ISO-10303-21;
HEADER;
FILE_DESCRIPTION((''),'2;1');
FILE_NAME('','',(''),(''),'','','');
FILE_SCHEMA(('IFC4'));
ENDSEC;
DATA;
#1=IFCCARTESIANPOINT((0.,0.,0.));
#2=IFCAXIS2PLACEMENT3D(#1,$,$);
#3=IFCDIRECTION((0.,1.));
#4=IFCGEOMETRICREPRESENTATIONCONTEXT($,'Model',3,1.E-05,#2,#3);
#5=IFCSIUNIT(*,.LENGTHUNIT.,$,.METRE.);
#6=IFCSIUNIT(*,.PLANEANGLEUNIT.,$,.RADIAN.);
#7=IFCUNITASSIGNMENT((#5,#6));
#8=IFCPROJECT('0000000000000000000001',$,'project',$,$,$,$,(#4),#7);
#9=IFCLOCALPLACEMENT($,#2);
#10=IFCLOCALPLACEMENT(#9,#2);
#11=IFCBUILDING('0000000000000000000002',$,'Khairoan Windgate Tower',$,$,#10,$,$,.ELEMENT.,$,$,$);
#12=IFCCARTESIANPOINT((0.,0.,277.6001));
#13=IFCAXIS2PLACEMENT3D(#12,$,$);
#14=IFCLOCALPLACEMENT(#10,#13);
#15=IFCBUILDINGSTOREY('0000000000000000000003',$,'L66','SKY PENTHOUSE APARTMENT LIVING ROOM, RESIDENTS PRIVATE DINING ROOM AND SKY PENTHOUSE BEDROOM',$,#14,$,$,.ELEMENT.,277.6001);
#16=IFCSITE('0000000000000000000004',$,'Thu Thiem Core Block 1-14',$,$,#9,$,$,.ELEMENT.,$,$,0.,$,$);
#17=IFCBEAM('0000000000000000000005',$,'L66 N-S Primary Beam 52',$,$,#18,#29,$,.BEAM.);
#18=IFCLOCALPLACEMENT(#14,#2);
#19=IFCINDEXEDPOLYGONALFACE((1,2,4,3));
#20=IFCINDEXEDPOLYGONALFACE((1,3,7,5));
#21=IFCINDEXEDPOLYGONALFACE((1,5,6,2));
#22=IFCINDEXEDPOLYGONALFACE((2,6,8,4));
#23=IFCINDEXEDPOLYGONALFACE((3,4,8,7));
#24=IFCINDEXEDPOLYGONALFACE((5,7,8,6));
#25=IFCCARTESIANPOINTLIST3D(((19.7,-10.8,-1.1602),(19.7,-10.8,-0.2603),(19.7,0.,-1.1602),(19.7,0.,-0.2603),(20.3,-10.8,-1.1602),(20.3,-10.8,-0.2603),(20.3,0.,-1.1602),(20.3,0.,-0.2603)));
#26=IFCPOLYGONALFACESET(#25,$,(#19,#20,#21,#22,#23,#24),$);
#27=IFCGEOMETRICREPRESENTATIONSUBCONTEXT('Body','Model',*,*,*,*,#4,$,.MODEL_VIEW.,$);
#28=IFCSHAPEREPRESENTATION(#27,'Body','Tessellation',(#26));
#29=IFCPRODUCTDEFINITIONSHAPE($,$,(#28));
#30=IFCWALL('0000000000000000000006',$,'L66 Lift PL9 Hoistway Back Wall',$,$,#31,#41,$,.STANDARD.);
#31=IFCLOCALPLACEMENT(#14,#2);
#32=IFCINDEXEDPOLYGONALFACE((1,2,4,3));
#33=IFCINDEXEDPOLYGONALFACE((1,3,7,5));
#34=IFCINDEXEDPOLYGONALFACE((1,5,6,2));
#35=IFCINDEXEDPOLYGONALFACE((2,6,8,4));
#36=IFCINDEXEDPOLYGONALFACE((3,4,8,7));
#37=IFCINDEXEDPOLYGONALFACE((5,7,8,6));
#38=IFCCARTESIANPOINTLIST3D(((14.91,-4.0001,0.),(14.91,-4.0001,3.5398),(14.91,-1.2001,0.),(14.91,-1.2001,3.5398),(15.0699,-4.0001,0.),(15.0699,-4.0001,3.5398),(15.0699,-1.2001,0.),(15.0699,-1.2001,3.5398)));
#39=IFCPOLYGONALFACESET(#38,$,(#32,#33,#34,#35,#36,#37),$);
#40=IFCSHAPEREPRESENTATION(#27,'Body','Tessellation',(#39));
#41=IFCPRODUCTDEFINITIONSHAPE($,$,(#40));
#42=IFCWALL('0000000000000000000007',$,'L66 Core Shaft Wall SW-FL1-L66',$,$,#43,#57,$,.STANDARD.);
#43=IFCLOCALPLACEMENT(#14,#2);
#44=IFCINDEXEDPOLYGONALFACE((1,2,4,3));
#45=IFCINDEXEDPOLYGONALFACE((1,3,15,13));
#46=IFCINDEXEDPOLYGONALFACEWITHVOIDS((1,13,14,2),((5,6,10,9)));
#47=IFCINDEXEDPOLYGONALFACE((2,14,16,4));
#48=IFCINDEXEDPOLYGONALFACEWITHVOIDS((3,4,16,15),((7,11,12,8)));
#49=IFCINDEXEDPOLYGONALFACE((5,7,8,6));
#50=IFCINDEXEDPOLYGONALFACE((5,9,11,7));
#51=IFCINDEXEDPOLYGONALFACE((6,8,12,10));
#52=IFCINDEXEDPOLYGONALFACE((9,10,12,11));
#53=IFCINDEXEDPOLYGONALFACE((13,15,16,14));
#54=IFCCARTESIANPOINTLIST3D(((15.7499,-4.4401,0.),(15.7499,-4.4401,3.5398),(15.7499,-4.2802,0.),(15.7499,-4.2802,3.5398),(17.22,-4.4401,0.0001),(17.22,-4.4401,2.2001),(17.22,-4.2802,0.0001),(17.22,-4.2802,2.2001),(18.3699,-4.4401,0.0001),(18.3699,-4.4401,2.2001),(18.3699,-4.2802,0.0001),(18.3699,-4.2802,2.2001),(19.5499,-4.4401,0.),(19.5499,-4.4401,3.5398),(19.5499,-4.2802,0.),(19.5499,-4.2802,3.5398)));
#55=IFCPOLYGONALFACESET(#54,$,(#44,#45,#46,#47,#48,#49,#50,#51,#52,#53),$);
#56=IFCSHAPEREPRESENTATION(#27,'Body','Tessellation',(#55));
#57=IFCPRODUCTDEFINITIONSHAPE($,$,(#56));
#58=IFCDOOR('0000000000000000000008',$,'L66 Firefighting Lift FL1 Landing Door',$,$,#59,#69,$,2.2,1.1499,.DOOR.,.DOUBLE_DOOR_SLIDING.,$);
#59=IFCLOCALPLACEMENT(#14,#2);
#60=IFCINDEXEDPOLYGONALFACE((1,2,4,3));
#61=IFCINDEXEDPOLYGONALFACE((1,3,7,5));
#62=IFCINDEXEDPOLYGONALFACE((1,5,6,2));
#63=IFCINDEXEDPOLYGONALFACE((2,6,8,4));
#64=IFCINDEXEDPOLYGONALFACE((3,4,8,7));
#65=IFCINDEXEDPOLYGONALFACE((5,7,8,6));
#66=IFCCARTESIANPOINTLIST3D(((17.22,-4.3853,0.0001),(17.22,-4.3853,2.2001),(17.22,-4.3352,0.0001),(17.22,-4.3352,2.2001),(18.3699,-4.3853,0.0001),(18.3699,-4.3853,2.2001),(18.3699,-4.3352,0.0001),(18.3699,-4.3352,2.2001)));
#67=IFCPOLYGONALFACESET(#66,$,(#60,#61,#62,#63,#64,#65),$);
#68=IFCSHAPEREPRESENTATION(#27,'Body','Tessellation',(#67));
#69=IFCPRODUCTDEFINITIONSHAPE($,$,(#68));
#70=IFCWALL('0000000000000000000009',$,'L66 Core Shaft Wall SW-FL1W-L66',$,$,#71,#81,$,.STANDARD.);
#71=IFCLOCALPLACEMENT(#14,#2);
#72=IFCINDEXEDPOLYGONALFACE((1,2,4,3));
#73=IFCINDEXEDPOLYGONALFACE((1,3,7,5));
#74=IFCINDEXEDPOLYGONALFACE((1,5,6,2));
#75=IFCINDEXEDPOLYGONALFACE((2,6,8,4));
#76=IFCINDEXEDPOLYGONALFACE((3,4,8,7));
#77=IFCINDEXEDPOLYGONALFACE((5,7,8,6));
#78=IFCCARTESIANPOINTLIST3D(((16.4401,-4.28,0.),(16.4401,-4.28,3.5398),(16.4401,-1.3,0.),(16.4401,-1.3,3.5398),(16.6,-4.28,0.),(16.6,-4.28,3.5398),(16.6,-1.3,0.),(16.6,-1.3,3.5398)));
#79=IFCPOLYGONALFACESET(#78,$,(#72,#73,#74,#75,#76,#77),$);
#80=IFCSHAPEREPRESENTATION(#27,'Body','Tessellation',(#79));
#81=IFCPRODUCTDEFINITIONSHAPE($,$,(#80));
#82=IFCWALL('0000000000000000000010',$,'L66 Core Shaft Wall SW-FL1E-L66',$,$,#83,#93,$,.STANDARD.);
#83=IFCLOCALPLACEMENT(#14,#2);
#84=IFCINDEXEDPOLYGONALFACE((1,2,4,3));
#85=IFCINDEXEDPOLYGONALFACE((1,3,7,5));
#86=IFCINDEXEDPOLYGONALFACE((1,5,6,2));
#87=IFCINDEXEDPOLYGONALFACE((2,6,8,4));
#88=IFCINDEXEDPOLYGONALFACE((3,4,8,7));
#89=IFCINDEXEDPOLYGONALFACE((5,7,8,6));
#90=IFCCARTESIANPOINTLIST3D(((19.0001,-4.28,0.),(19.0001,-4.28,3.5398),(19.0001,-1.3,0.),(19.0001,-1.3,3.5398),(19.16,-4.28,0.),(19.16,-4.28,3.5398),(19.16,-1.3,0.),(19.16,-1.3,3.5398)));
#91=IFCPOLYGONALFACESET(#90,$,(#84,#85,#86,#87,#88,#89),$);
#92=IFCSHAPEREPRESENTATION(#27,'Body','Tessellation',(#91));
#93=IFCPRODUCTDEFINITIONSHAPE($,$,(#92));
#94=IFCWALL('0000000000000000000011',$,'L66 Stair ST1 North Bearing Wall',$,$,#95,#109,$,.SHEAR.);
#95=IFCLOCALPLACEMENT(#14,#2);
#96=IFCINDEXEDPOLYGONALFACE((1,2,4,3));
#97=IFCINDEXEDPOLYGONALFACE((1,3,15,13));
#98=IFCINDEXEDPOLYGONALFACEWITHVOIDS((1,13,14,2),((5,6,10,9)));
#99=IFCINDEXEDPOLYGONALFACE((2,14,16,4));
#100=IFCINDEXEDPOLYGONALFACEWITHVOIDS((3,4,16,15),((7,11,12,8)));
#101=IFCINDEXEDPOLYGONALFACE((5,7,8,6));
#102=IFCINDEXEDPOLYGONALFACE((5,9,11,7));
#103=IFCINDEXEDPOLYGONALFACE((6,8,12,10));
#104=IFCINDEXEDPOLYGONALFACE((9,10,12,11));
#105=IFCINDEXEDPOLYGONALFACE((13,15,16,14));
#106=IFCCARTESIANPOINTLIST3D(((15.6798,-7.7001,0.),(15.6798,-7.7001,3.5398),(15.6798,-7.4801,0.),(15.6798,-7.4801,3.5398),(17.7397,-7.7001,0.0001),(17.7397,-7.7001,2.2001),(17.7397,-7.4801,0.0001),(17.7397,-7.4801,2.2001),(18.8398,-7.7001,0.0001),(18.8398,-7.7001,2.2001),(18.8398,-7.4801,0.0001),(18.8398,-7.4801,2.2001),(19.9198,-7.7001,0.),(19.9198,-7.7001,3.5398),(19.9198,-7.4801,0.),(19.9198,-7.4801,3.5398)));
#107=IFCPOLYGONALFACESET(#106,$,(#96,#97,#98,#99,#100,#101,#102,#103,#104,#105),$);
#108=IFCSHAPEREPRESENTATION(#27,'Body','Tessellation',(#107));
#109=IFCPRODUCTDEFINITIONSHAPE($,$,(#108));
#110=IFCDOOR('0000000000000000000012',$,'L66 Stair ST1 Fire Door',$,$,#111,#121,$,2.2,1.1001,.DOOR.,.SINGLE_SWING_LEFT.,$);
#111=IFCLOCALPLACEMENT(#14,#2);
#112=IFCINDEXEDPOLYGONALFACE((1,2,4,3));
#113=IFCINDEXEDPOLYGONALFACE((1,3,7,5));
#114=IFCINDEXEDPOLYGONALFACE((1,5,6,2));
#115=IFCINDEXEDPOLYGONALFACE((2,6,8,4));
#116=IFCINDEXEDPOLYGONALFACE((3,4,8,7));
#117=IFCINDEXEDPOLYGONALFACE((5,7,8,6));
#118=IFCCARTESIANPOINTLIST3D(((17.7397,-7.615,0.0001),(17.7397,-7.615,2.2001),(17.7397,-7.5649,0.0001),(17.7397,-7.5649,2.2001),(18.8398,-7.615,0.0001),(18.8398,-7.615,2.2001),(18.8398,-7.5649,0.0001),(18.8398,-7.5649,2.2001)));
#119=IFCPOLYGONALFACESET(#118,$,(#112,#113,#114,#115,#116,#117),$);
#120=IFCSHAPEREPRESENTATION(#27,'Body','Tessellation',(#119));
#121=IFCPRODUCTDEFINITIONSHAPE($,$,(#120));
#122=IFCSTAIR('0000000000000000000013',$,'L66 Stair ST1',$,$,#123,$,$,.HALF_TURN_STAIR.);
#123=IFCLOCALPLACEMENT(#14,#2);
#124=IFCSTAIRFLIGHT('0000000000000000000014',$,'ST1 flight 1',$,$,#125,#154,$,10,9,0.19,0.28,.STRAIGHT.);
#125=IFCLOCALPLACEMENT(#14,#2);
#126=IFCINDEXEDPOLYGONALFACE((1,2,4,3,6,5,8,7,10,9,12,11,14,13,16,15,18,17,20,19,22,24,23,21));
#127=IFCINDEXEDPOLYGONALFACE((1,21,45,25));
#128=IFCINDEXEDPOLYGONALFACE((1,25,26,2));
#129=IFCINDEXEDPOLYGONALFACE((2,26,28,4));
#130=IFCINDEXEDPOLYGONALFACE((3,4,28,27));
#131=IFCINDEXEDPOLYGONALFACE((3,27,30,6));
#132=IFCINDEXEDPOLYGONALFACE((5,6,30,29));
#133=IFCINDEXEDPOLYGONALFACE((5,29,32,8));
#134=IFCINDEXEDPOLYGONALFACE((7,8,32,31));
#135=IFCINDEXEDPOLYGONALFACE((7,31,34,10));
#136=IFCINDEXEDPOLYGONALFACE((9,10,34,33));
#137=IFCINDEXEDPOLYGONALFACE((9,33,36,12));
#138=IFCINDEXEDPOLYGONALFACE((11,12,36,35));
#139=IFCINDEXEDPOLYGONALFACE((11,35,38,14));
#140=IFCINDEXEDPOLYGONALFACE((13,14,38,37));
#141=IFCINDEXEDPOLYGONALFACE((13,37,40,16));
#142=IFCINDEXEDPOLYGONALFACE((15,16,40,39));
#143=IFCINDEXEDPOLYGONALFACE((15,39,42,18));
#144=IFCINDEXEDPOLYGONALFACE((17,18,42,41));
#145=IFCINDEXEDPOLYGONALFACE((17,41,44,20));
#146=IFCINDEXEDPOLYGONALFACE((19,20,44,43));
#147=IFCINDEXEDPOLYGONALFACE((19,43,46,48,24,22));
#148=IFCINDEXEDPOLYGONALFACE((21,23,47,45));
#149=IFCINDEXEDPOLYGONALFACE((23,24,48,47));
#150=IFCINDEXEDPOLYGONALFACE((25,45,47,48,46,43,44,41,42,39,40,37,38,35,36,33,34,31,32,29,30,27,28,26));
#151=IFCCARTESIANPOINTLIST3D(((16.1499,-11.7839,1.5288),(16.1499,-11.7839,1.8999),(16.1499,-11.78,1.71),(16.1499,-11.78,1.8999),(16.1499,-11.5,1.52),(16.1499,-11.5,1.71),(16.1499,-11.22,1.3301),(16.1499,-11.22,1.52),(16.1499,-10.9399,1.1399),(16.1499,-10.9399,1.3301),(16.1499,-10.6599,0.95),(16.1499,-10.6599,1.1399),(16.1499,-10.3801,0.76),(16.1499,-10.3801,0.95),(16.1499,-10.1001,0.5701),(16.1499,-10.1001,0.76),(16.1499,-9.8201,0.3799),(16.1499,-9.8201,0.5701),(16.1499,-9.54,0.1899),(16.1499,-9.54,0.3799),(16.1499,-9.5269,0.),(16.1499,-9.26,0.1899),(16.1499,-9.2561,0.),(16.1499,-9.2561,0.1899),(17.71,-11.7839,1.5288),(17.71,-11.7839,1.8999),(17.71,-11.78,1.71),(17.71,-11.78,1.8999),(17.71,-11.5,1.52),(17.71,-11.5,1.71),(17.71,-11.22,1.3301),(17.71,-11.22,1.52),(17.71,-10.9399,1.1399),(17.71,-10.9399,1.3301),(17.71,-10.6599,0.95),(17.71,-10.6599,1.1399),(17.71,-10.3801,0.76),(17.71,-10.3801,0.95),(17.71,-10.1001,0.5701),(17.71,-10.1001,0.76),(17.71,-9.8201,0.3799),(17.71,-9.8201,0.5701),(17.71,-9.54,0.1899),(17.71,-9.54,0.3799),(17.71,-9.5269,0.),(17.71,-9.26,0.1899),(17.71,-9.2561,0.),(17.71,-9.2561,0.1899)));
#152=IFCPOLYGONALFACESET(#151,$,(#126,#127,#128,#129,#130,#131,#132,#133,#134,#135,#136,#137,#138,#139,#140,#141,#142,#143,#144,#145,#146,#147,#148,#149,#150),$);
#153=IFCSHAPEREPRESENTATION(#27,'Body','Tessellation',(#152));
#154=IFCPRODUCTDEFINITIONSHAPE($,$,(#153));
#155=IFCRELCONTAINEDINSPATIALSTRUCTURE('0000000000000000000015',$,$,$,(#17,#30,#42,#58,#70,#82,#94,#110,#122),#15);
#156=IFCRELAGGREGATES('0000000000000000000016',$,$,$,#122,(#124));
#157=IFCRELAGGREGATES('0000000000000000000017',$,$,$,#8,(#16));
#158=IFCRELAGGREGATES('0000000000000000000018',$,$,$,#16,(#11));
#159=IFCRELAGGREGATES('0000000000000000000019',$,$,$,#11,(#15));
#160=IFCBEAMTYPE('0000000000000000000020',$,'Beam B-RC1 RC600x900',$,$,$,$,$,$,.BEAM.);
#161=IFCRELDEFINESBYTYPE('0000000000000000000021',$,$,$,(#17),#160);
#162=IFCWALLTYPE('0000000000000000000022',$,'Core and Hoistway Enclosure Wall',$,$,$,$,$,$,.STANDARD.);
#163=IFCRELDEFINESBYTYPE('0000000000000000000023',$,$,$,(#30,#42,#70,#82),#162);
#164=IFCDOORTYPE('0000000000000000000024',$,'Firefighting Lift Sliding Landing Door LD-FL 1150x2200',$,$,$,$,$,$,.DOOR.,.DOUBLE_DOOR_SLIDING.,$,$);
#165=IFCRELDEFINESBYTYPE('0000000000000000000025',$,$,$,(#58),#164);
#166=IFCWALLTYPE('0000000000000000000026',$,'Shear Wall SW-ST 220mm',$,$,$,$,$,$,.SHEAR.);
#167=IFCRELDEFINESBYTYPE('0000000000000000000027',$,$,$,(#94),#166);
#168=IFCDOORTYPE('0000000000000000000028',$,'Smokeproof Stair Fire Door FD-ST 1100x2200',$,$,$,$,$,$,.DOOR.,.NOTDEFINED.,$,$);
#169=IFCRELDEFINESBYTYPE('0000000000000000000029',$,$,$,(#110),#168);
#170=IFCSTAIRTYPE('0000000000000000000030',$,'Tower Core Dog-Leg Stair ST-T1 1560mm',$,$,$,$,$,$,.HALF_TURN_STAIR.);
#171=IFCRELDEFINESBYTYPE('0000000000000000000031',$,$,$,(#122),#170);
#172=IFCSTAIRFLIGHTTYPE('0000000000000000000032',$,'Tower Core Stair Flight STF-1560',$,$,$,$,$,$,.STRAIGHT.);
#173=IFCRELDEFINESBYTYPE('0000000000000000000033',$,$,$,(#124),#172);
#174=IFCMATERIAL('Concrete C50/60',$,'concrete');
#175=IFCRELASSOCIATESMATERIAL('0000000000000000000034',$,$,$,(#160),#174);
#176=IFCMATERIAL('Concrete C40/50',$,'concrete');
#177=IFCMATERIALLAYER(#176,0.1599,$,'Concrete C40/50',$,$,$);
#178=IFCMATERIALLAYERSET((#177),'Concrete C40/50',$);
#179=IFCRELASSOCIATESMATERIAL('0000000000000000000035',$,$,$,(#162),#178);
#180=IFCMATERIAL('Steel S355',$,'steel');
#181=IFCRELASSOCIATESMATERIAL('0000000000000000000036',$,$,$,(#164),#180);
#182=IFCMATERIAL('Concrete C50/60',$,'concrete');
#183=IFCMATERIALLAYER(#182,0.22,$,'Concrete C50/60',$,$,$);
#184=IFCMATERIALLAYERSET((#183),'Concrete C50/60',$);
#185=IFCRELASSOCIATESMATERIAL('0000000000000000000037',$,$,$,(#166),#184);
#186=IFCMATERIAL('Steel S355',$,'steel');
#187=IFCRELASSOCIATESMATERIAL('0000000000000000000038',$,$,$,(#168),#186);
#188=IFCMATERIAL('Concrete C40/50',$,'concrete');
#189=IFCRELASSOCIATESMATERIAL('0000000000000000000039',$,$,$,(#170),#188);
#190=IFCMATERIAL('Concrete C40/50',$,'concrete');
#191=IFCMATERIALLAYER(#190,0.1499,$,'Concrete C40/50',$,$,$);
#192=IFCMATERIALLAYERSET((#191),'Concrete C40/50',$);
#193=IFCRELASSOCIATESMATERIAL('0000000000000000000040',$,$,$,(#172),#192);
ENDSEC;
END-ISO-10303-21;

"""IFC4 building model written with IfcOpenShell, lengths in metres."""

from ifc_helpers import new_model, si_unit, direction, frame, frame_2d, origin, origin_2d, place, context, subcontext, project, spatial, polyline, rectangle, outline, extrude, material, layer, layer_set, material_profile, profile_set, type_object, element, fill, aggregate, save


model = new_model("IFC4")

# Units and contexts
model_context = context("Model", 3, precision=1e-05, world=origin(), true_north=direction((0.0, 1.0)))
body_context = subcontext(model_context, "Body", "Model", "MODEL_VIEW")
ifc_project = project(units=[si_unit("LENGTHUNIT", "METRE"), si_unit("PLANEANGLEUNIT", "RADIAN")], contexts=[model_context])

# Site, building, storey
site_placement = place(None, origin())
site = spatial("IfcSite", under=ifc_project, at=site_placement, Name="Thu Thiem Core Block 1-14", CompositionType="ELEMENT", RefElevation=0.0)
building_placement = place(site_placement, origin())
building = spatial("IfcBuilding", under=site, at=building_placement, Name="Khairoan Windgate Tower", CompositionType="ELEMENT")
storey_placement = place(building_placement, frame((0.0, 0.0, 277.6001)))
storey = spatial("IfcBuildingStorey", under=building, at=storey_placement, Name="L66", Description="SKY PENTHOUSE APARTMENT LIVING ROOM, RESIDENTS PRIVATE DINING ROOM AND SKY PENTHOUSE BEDROOM", CompositionType="ELEMENT", Elevation=277.6001)

# Beam
ifc_material_1 = material(Name="Concrete C50/60", Category="concrete")
ifc_material_profile = material_profile(ifc_material_1, rectangle(XDim=0.6001, YDim=0.8999, at=origin_2d()))
ifc_profile_set = profile_set([ifc_material_profile], Name="Concrete C50/60")
beam_type = type_object("IfcBeamType", Name="Beam B-RC1 RC600x900", PredefinedType="BEAM", material=ifc_profile_set)
beam_placement = place(storey_placement, frame((20.0, -10.8, -0.7102), z_axis=(0.0, 1.0, 0.0), x_axis=(-1.0, 0.0, 0.0)))
element("IfcBeam", 1, at=beam_placement, inside=storey, type_object=beam_type, Name="L66 N-S Primary Beam 52", PredefinedType="BEAM", context=body_context, shape_type="SweptSolid", body=[
    extrude(rectangle(XDim=0.6001, YDim=0.8999, at=origin_2d()), origin(), (0.0, 0.0, 1.0), 10.8),
])

# Wall
ifc_material_2 = material(Name="Concrete C40/50", Category="concrete")
ifc_layer_1 = layer(ifc_material_2, 0.1599, Name="Concrete C40/50")
ifc_layer_set_1 = layer_set([ifc_layer_1], Name="Concrete C40/50")
wall_type_1 = type_object("IfcWallType", Name="Core and Hoistway Enclosure Wall", PredefinedType="STANDARD", material=ifc_layer_set_1)
wall_1_placement = place(storey_placement, frame((14.99, -4.0, 0.0), z_axis=(0.0, 0.0, 1.0), x_axis=(0.0, 1.0, 0.0)))
element("IfcWall", 2, at=wall_1_placement, inside=storey, type_object=wall_type_1, Name="L66 Lift PL9 Hoistway Back Wall", PredefinedType="STANDARD", context=body_context, shape_type="SweptSolid", body=[
    extrude(rectangle(XDim=2.8, YDim=0.1599, at=frame_2d((1.3999, 0.0))), origin(), (0.0, 0.0, 1.0), 3.5398),
])

# Wall, opening, door
wall_2_placement = place(storey_placement, frame((15.75, -4.3601, 0.0), z_axis=(0.0, 0.0, 1.0), x_axis=(1.0, 0.0, 0.0)))
wall_2 = element("IfcWall", 3, at=wall_2_placement, inside=storey, type_object=wall_type_1, Name="L66 Core Shaft Wall SW-FL1-L66", PredefinedType="STANDARD", context=body_context, shape_type="SweptSolid", body=[
    extrude(rectangle(XDim=3.8, YDim=0.1599, at=frame_2d((1.8999, 0.0))), origin(), (0.0, 0.0, 1.0), 3.5398),
])
opening_1_placement = place(wall_2_placement, frame((1.47, 0.0, 0.0)))
opening_1 = element("IfcOpeningElement", 4, at=opening_1_placement, cuts=wall_2, PredefinedType="OPENING", context=body_context, shape_type="SweptSolid", body=[
    extrude(rectangle(XDim=1.1499, YDim=2.2, at=frame_2d((0.575, 1.1001))), frame((0.0, 0.0898, 0.0), z_axis=(0.0, -1.0, 0.0), x_axis=(1.0, 0.0, 0.0)), (0.0, 0.0, 1.0), 0.1799),
])
ifc_material_3 = material(Name="Steel S355", Category="steel")
door_type_1 = type_object("IfcDoorType", Name="Firefighting Lift Sliding Landing Door LD-FL 1150x2200", OperationType="DOUBLE_DOOR_SLIDING", PredefinedType="DOOR", material=ifc_material_3)
door_1_placement = place(opening_1_placement, origin())
door_1 = element("IfcDoor", 5, at=door_1_placement, inside=storey, type_object=door_type_1, Name="L66 Firefighting Lift FL1 Landing Door", OperationType="DOUBLE_DOOR_SLIDING", OverallHeight=2.2, OverallWidth=1.1499, PredefinedType="DOOR", context=body_context, shape_type="SweptSolid", body=[
    extrude(rectangle(XDim=1.1499, YDim=2.2, at=frame_2d((0.575, 1.1001))), frame((0.0, 0.0249, 0.0), z_axis=(0.0, -1.0, 0.0), x_axis=(1.0, 0.0, 0.0)), (0.0, 0.0, 1.0), 0.05),
])
fill(opening_1, door_1)

# Walls
for number, where, z_axis, x_axis, name in (
    (6, (16.52, -4.28, 0.0), (0.0, 0.0, 1.0), (0.0, 1.0, 0.0), "L66 Core Shaft Wall SW-FL1W-L66"),
    (7, (19.0801, -4.28, 0.0), (0.0, 0.0, 1.0), (0.0, 1.0, 0.0), "L66 Core Shaft Wall SW-FL1E-L66"),
):
    element("IfcWall", number, at=place(storey_placement, frame(where, z_axis=z_axis, x_axis=x_axis)), inside=storey, type_object=wall_type_1, Name=name, PredefinedType="STANDARD", context=body_context, shape_type="SweptSolid", body=[
        extrude(rectangle(XDim=2.98, YDim=0.1599, at=frame_2d((1.49, 0.0))), origin(), (0.0, 0.0, 1.0), 3.5398),
    ])

# Wall, opening, door
ifc_material_4 = material(Name="Concrete C50/60", Category="concrete")
ifc_layer_2 = layer(ifc_material_4, 0.22, Name="Concrete C50/60")
ifc_layer_set_2 = layer_set([ifc_layer_2], Name="Concrete C50/60")
wall_type_2 = type_object("IfcWallType", Name="Shear Wall SW-ST 220mm", PredefinedType="SHEAR", material=ifc_layer_set_2)
wall_3_placement = place(storey_placement, frame((19.9199, -7.5901, 0.0), z_axis=(0.0, 0.0, 1.0), x_axis=(-1.0, 0.0, 0.0)))
wall_3 = element("IfcWall", 8, at=wall_3_placement, inside=storey, type_object=wall_type_2, Name="L66 Stair ST1 North Bearing Wall", PredefinedType="SHEAR", context=body_context, shape_type="SweptSolid", body=[
    extrude(rectangle(XDim=4.24, YDim=0.22, at=frame_2d((2.1201, 0.0))), origin(), (0.0, 0.0, 1.0), 3.5398),
])
opening_2_placement = place(wall_3_placement, frame((1.0801, 0.0, 0.0)))
opening_2 = element("IfcOpeningElement", 9, at=opening_2_placement, cuts=wall_3, PredefinedType="OPENING", context=body_context, shape_type="SweptSolid", body=[
    extrude(rectangle(XDim=1.1001, YDim=2.2, at=frame_2d((0.55, 1.1001))), frame((0.0, 0.1199, 0.0), z_axis=(0.0, -1.0, 0.0), x_axis=(1.0, 0.0, 0.0)), (0.0, 0.0, 1.0), 0.24),
])
ifc_material_5 = material(Name="Steel S355", Category="steel")
door_type_2 = type_object("IfcDoorType", Name="Smokeproof Stair Fire Door FD-ST 1100x2200", OperationType="NOTDEFINED", PredefinedType="DOOR", material=ifc_material_5)
door_2_placement = place(opening_2_placement, origin())
door_2 = element("IfcDoor", 10, at=door_2_placement, inside=storey, type_object=door_type_2, Name="L66 Stair ST1 Fire Door", OperationType="SINGLE_SWING_LEFT", OverallHeight=2.2, OverallWidth=1.1001, PredefinedType="DOOR", context=body_context, shape_type="SweptSolid", body=[
    extrude(rectangle(XDim=1.1001, YDim=2.2, at=frame_2d((0.55, 1.1001))), frame((0.0, 0.0249, 0.0), z_axis=(0.0, -1.0, 0.0), x_axis=(1.0, 0.0, 0.0)), (0.0, 0.0, 1.0), 0.05),
])
fill(opening_2, door_2)

# Stair, stair flight
ifc_material_6 = material(Name="Concrete C40/50", Category="concrete")
stair_type = type_object("IfcStairType", Name="Tower Core Dog-Leg Stair ST-T1 1560mm", PredefinedType="HALF_TURN_STAIR", material=ifc_material_6)
stair_placement = place(storey_placement, origin())
stair = element("IfcStair", 11, at=stair_placement, inside=storey, type_object=stair_type, Name="L66 Stair ST1", PredefinedType="HALF_TURN_STAIR")
ifc_material_7 = material(Name="Concrete C40/50", Category="concrete")
ifc_layer_3 = layer(ifc_material_7, 0.1499, Name="Concrete C40/50")
ifc_layer_set_3 = layer_set([ifc_layer_3], Name="Concrete C40/50")
stair_flight_type = type_object("IfcStairFlightType", Name="Tower Core Stair Flight STF-1560", PredefinedType="STRAIGHT", material=ifc_layer_set_3)
stair_flight_1_placement = place(storey_placement, frame((16.9299, -9.26, 0.0), z_axis=(0.0, 0.0, 1.0), x_axis=(0.0, -1.0, 0.0)))
stair_flight_1 = element("IfcStairFlight", 12, at=stair_flight_1_placement, type_object=stair_flight_type, Name="ST1 flight 1", NumberOfRisers=10, NumberOfTreads=9, PredefinedType="STRAIGHT", RiserHeight=0.19, TreadLength=0.28, context=body_context, shape_type="SweptSolid", body=[
    extrude(outline(polyline([(-0.0039, 0.0), (-0.0039, 0.1899), (0.0, 0.1899), (0.28, 0.1899), (0.28, 0.3799), (0.5601, 0.3799), (0.5601, 0.5701), (0.8401, 0.5701), (0.8401, 0.76), (1.1201, 0.76), (1.1201, 0.95), (1.3999, 0.95), (1.3999, 1.1399), (1.6799, 1.1399), (1.6799, 1.3301), (1.96, 1.3301), (1.96, 1.52), (2.24, 1.52), (2.24, 1.71), (2.52, 1.71), (2.52, 1.8999), (2.5239, 1.8999), (2.5239, 1.5288), (0.2668, 0.0), (-0.0039, 0.0)])), frame((0.0, 0.78, 0.0), z_axis=(0.0, -1.0, 0.0), x_axis=(1.0, 0.0, 0.0)), (0.0, 0.0, 1.0), 1.5601),
])
aggregate(stair, [stair_flight_1])

save(model, "model.ifc")
